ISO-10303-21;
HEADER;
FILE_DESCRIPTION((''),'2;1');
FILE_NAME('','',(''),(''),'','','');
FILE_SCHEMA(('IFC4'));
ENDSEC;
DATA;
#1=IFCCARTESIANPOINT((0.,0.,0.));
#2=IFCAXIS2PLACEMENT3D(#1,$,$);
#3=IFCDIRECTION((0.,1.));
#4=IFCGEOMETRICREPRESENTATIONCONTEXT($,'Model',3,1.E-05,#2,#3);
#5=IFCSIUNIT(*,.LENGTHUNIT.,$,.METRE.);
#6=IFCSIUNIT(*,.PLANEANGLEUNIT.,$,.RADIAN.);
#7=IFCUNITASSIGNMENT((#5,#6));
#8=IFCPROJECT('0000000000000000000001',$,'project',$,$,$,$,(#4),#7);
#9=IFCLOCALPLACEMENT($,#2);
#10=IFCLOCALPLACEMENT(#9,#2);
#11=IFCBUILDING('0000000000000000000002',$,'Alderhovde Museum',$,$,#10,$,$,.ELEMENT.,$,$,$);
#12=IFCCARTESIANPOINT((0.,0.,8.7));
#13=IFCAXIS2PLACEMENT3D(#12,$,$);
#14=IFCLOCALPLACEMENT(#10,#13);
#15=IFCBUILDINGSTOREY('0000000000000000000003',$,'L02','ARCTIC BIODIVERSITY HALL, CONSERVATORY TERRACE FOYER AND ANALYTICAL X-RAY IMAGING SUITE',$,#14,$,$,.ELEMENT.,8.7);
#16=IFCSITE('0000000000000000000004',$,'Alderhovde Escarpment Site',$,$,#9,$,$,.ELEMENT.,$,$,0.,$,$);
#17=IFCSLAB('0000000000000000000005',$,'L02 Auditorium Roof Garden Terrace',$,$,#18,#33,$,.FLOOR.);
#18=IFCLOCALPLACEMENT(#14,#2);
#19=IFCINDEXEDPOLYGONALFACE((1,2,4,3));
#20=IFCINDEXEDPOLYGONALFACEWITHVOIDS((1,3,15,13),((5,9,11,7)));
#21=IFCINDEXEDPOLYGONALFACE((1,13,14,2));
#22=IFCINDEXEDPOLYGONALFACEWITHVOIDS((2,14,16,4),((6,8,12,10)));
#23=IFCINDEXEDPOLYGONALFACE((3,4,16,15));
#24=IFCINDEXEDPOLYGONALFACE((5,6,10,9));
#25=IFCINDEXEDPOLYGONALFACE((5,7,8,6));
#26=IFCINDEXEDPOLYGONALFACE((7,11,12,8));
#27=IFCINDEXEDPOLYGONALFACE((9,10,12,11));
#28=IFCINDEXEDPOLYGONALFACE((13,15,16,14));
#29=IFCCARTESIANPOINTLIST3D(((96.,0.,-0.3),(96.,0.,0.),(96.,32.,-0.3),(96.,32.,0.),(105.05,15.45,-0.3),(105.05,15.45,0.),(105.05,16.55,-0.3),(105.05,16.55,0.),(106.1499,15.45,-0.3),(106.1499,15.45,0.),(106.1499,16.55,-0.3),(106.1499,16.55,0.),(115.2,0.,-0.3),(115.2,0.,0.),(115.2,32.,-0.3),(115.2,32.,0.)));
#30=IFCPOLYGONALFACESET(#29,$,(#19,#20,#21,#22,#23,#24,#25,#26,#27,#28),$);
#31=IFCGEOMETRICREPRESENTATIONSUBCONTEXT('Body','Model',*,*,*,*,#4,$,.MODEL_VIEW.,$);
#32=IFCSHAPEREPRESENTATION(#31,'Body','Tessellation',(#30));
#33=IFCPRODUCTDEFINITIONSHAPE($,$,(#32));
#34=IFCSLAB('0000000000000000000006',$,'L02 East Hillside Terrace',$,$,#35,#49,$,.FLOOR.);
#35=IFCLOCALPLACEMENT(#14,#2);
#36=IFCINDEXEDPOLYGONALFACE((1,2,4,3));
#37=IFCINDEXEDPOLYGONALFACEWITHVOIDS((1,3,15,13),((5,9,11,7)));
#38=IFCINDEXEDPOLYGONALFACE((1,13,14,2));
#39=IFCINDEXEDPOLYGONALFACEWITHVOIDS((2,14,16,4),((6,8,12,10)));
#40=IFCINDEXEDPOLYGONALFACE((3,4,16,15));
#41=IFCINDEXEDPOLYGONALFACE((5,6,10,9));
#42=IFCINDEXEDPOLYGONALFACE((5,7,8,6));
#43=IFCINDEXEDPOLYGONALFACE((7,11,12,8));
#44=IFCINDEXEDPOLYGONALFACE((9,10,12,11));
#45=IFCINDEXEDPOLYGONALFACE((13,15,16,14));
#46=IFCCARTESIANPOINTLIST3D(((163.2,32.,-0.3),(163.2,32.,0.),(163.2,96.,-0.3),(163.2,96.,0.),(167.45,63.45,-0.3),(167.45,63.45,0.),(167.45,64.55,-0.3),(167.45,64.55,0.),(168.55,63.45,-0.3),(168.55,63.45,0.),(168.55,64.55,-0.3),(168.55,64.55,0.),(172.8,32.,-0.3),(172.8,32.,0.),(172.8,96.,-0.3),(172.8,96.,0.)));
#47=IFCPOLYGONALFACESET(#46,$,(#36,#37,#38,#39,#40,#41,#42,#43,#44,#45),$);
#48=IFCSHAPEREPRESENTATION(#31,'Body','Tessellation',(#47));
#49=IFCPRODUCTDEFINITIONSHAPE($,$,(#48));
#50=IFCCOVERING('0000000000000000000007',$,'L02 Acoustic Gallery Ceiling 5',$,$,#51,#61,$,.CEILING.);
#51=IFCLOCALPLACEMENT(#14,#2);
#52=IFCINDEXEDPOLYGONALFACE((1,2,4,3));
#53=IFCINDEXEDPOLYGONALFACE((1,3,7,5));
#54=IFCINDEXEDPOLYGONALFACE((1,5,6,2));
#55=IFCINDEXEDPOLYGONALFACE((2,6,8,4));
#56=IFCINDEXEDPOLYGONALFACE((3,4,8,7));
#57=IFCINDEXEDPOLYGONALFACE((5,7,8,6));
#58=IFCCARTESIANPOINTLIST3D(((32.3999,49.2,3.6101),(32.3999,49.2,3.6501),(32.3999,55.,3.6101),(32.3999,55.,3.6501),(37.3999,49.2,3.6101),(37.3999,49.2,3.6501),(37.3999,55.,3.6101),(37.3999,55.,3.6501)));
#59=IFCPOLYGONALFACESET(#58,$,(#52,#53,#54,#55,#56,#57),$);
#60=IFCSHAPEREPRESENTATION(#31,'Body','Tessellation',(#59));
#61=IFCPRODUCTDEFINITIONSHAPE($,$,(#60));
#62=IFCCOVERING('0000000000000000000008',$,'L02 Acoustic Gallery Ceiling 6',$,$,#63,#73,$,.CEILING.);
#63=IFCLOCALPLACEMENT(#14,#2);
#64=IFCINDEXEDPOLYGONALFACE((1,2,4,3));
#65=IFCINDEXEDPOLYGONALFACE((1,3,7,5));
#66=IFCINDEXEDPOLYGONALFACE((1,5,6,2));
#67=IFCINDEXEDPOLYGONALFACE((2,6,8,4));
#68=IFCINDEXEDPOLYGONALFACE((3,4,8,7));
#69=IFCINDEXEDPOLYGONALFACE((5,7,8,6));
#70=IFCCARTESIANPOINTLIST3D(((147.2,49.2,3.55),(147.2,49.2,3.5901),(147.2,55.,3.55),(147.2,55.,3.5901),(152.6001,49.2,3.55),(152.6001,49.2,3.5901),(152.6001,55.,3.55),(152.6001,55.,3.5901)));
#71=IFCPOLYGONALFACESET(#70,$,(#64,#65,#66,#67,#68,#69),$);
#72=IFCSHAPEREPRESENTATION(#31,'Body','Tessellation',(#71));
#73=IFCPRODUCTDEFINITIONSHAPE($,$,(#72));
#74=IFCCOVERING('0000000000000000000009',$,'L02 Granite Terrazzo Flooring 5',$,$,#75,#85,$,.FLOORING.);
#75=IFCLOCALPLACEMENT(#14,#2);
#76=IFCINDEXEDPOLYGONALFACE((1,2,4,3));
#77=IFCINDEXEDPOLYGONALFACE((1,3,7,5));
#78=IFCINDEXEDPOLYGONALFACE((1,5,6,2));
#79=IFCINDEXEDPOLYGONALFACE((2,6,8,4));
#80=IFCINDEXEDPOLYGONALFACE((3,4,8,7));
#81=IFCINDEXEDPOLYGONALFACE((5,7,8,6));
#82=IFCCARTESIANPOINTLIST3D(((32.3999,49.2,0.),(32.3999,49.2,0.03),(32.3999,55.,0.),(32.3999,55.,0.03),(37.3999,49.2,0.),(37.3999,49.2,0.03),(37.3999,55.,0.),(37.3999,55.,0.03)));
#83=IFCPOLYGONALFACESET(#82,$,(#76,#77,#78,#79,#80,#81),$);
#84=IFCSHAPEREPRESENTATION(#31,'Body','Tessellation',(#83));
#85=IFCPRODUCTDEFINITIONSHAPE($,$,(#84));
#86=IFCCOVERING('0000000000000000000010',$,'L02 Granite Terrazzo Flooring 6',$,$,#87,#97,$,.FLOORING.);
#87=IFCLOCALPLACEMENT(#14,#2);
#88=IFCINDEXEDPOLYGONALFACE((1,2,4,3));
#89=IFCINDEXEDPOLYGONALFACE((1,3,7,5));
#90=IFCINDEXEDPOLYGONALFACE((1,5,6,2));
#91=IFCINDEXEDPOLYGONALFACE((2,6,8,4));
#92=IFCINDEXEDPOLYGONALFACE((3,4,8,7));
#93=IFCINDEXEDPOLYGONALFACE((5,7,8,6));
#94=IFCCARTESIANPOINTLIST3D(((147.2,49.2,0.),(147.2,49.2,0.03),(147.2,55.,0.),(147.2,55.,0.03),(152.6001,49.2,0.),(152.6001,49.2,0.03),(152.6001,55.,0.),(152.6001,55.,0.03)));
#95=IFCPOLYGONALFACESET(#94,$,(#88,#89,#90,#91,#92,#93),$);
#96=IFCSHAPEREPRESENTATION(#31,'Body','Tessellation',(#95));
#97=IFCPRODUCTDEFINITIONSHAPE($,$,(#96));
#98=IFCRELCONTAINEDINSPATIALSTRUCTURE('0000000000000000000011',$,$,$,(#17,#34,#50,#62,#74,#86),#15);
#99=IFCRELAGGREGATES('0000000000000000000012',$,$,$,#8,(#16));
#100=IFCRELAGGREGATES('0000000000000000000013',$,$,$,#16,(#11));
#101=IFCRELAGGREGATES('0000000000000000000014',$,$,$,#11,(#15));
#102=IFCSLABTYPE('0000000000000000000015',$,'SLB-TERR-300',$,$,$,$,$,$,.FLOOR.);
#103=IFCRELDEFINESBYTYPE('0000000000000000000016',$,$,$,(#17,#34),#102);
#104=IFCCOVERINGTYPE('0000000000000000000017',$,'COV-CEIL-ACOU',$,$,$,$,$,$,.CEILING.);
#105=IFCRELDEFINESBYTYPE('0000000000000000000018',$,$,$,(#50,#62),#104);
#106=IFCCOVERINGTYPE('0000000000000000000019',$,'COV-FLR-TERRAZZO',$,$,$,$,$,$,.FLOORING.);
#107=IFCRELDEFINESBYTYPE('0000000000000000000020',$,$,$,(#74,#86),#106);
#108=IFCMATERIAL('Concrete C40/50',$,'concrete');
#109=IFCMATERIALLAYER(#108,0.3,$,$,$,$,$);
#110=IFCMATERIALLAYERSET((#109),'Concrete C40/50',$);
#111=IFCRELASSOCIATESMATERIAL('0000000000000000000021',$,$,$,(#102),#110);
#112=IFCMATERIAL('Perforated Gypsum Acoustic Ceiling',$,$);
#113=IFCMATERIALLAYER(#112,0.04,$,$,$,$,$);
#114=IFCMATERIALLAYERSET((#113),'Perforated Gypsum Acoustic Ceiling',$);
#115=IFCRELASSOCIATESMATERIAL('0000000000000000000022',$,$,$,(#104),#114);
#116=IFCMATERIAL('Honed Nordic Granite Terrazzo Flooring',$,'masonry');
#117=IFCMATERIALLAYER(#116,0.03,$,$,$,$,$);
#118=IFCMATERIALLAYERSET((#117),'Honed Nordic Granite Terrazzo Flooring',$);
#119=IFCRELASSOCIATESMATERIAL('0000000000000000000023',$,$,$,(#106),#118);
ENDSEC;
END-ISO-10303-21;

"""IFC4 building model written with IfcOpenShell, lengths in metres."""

from ifc_helpers import new_model, si_unit, direction, frame, origin, place, context, subcontext, project, spatial, polyline, outline, extrude, material, layer, layer_set, type_object, element, save


model = new_model("IFC4")

# Units and contexts
model_context = context("Model", 3, precision=1e-05, world=origin(), true_north=direction((0.0, 1.0)))
body_context = subcontext(model_context, "Body", "Model", "MODEL_VIEW")
ifc_project = project(units=[si_unit("LENGTHUNIT", "METRE"), si_unit("PLANEANGLEUNIT", "RADIAN")], contexts=[model_context])

# Site, building, storey
site_placement = place(None, origin())
site = spatial("IfcSite", under=ifc_project, at=site_placement, Name="Alderhovde Escarpment Site", CompositionType="ELEMENT", RefElevation=0.0)
building_placement = place(site_placement, origin())
building = spatial("IfcBuilding", under=site, at=building_placement, Name="Alderhovde Museum", CompositionType="ELEMENT")
storey_placement = place(building_placement, frame((0.0, 0.0, 8.7)))
storey = spatial("IfcBuildingStorey", under=building, at=storey_placement, Name="L02", Description="ARCTIC BIODIVERSITY HALL, CONSERVATORY TERRACE FOYER AND ANALYTICAL X-RAY IMAGING SUITE", CompositionType="ELEMENT", Elevation=8.7)

# Slabs
ifc_material_1 = material(Name="Concrete C40/50", Category="concrete")
ifc_layer_1 = layer(ifc_material_1, 0.3)
ifc_layer_set_1 = layer_set([ifc_layer_1], Name="Concrete C40/50")
slab_type_1 = type_object("IfcSlabType", Name="SLB-TERR-300", PredefinedType="FLOOR", material=ifc_layer_set_1)
slab_1_placement = place(storey_placement, frame((0.0, 0.0, -0.3)))
element("IfcSlab", 1, at=slab_1_placement, inside=storey, type_object=slab_type_1, Name="L02 Auditorium Roof Garden Terrace", PredefinedType="FLOOR", context=body_context, shape_type="SweptSolid", body=[
    extrude(outline(polyline([(96.0, 0.0), (115.2, 0.0), (115.2, 32.0), (96.0, 32.0), (96.0, 0.0)]), holes=[polyline([(105.05, 15.45), (106.1499, 15.45), (106.1499, 16.55), (105.05, 16.55), (105.05, 15.45)])]), origin(), (0.0, 0.0, 1.0), 0.3),
])
slab_2_placement = place(storey_placement, frame((0.0, 0.0, -0.3)))
element("IfcSlab", 2, at=slab_2_placement, inside=storey, type_object=slab_type_1, Name="L02 East Hillside Terrace", PredefinedType="FLOOR", context=body_context, shape_type="SweptSolid", body=[
    extrude(outline(polyline([(163.2, 32.0), (172.8, 32.0), (172.8, 96.0), (163.2, 96.0), (163.2, 32.0)]), holes=[polyline([(167.45, 63.45), (168.55, 63.45), (168.55, 64.55), (167.45, 64.55), (167.45, 63.45)])]), origin(), (0.0, 0.0, 1.0), 0.3),
])

# Coverings
ifc_material_2 = material(Name="Perforated Gypsum Acoustic Ceiling")
ifc_layer_2 = layer(ifc_material_2, 0.04)
ifc_layer_set_2 = layer_set([ifc_layer_2], Name="Perforated Gypsum Acoustic Ceiling")
covering_type_1 = type_object("IfcCoveringType", Name="COV-CEIL-ACOU", PredefinedType="CEILING", material=ifc_layer_set_2)
covering_1_placement = place(storey_placement, frame((0.0, 0.0, 3.6101)))
element("IfcCovering", 3, at=covering_1_placement, inside=storey, type_object=covering_type_1, Name="L02 Acoustic Gallery Ceiling 5", PredefinedType="CEILING", context=body_context, shape_type="SweptSolid", body=[
    extrude(outline(polyline([(32.3999, 49.2), (37.3999, 49.2), (37.3999, 55.0), (32.3999, 55.0), (32.3999, 49.2)])), origin(), (0.0, 0.0, 1.0), 0.04),
])
covering_2_placement = place(storey_placement, frame((0.0, 0.0, 3.55)))
element("IfcCovering", 4, at=covering_2_placement, inside=storey, type_object=covering_type_1, Name="L02 Acoustic Gallery Ceiling 6", PredefinedType="CEILING", context=body_context, shape_type="SweptSolid", body=[
    extrude(outline(polyline([(147.2, 49.2), (152.6001, 49.2), (152.6001, 55.0), (147.2, 55.0), (147.2, 49.2)])), origin(), (0.0, 0.0, 1.0), 0.04),
])
ifc_material_3 = material(Name="Honed Nordic Granite Terrazzo Flooring", Category="masonry")
ifc_layer_3 = layer(ifc_material_3, 0.03)
ifc_layer_set_3 = layer_set([ifc_layer_3], Name="Honed Nordic Granite Terrazzo Flooring")
covering_type_2 = type_object("IfcCoveringType", Name="COV-FLR-TERRAZZO", PredefinedType="FLOORING", material=ifc_layer_set_3)
covering_3_placement = place(storey_placement, origin())
element("IfcCovering", 5, at=covering_3_placement, inside=storey, type_object=covering_type_2, Name="L02 Granite Terrazzo Flooring 5", PredefinedType="FLOORING", context=body_context, shape_type="SweptSolid", body=[
    extrude(outline(polyline([(32.3999, 49.2), (37.3999, 49.2), (37.3999, 55.0), (32.3999, 55.0), (32.3999, 49.2)])), origin(), (0.0, 0.0, 1.0), 0.03),
])
covering_4_placement = place(storey_placement, origin())
element("IfcCovering", 6, at=covering_4_placement, inside=storey, type_object=covering_type_2, Name="L02 Granite Terrazzo Flooring 6", PredefinedType="FLOORING", context=body_context, shape_type="SweptSolid", body=[
    extrude(outline(polyline([(147.2, 49.2), (152.6001, 49.2), (152.6001, 55.0), (147.2, 55.0), (147.2, 49.2)])), origin(), (0.0, 0.0, 1.0), 0.03),
])

save(model, "model.ifc")
